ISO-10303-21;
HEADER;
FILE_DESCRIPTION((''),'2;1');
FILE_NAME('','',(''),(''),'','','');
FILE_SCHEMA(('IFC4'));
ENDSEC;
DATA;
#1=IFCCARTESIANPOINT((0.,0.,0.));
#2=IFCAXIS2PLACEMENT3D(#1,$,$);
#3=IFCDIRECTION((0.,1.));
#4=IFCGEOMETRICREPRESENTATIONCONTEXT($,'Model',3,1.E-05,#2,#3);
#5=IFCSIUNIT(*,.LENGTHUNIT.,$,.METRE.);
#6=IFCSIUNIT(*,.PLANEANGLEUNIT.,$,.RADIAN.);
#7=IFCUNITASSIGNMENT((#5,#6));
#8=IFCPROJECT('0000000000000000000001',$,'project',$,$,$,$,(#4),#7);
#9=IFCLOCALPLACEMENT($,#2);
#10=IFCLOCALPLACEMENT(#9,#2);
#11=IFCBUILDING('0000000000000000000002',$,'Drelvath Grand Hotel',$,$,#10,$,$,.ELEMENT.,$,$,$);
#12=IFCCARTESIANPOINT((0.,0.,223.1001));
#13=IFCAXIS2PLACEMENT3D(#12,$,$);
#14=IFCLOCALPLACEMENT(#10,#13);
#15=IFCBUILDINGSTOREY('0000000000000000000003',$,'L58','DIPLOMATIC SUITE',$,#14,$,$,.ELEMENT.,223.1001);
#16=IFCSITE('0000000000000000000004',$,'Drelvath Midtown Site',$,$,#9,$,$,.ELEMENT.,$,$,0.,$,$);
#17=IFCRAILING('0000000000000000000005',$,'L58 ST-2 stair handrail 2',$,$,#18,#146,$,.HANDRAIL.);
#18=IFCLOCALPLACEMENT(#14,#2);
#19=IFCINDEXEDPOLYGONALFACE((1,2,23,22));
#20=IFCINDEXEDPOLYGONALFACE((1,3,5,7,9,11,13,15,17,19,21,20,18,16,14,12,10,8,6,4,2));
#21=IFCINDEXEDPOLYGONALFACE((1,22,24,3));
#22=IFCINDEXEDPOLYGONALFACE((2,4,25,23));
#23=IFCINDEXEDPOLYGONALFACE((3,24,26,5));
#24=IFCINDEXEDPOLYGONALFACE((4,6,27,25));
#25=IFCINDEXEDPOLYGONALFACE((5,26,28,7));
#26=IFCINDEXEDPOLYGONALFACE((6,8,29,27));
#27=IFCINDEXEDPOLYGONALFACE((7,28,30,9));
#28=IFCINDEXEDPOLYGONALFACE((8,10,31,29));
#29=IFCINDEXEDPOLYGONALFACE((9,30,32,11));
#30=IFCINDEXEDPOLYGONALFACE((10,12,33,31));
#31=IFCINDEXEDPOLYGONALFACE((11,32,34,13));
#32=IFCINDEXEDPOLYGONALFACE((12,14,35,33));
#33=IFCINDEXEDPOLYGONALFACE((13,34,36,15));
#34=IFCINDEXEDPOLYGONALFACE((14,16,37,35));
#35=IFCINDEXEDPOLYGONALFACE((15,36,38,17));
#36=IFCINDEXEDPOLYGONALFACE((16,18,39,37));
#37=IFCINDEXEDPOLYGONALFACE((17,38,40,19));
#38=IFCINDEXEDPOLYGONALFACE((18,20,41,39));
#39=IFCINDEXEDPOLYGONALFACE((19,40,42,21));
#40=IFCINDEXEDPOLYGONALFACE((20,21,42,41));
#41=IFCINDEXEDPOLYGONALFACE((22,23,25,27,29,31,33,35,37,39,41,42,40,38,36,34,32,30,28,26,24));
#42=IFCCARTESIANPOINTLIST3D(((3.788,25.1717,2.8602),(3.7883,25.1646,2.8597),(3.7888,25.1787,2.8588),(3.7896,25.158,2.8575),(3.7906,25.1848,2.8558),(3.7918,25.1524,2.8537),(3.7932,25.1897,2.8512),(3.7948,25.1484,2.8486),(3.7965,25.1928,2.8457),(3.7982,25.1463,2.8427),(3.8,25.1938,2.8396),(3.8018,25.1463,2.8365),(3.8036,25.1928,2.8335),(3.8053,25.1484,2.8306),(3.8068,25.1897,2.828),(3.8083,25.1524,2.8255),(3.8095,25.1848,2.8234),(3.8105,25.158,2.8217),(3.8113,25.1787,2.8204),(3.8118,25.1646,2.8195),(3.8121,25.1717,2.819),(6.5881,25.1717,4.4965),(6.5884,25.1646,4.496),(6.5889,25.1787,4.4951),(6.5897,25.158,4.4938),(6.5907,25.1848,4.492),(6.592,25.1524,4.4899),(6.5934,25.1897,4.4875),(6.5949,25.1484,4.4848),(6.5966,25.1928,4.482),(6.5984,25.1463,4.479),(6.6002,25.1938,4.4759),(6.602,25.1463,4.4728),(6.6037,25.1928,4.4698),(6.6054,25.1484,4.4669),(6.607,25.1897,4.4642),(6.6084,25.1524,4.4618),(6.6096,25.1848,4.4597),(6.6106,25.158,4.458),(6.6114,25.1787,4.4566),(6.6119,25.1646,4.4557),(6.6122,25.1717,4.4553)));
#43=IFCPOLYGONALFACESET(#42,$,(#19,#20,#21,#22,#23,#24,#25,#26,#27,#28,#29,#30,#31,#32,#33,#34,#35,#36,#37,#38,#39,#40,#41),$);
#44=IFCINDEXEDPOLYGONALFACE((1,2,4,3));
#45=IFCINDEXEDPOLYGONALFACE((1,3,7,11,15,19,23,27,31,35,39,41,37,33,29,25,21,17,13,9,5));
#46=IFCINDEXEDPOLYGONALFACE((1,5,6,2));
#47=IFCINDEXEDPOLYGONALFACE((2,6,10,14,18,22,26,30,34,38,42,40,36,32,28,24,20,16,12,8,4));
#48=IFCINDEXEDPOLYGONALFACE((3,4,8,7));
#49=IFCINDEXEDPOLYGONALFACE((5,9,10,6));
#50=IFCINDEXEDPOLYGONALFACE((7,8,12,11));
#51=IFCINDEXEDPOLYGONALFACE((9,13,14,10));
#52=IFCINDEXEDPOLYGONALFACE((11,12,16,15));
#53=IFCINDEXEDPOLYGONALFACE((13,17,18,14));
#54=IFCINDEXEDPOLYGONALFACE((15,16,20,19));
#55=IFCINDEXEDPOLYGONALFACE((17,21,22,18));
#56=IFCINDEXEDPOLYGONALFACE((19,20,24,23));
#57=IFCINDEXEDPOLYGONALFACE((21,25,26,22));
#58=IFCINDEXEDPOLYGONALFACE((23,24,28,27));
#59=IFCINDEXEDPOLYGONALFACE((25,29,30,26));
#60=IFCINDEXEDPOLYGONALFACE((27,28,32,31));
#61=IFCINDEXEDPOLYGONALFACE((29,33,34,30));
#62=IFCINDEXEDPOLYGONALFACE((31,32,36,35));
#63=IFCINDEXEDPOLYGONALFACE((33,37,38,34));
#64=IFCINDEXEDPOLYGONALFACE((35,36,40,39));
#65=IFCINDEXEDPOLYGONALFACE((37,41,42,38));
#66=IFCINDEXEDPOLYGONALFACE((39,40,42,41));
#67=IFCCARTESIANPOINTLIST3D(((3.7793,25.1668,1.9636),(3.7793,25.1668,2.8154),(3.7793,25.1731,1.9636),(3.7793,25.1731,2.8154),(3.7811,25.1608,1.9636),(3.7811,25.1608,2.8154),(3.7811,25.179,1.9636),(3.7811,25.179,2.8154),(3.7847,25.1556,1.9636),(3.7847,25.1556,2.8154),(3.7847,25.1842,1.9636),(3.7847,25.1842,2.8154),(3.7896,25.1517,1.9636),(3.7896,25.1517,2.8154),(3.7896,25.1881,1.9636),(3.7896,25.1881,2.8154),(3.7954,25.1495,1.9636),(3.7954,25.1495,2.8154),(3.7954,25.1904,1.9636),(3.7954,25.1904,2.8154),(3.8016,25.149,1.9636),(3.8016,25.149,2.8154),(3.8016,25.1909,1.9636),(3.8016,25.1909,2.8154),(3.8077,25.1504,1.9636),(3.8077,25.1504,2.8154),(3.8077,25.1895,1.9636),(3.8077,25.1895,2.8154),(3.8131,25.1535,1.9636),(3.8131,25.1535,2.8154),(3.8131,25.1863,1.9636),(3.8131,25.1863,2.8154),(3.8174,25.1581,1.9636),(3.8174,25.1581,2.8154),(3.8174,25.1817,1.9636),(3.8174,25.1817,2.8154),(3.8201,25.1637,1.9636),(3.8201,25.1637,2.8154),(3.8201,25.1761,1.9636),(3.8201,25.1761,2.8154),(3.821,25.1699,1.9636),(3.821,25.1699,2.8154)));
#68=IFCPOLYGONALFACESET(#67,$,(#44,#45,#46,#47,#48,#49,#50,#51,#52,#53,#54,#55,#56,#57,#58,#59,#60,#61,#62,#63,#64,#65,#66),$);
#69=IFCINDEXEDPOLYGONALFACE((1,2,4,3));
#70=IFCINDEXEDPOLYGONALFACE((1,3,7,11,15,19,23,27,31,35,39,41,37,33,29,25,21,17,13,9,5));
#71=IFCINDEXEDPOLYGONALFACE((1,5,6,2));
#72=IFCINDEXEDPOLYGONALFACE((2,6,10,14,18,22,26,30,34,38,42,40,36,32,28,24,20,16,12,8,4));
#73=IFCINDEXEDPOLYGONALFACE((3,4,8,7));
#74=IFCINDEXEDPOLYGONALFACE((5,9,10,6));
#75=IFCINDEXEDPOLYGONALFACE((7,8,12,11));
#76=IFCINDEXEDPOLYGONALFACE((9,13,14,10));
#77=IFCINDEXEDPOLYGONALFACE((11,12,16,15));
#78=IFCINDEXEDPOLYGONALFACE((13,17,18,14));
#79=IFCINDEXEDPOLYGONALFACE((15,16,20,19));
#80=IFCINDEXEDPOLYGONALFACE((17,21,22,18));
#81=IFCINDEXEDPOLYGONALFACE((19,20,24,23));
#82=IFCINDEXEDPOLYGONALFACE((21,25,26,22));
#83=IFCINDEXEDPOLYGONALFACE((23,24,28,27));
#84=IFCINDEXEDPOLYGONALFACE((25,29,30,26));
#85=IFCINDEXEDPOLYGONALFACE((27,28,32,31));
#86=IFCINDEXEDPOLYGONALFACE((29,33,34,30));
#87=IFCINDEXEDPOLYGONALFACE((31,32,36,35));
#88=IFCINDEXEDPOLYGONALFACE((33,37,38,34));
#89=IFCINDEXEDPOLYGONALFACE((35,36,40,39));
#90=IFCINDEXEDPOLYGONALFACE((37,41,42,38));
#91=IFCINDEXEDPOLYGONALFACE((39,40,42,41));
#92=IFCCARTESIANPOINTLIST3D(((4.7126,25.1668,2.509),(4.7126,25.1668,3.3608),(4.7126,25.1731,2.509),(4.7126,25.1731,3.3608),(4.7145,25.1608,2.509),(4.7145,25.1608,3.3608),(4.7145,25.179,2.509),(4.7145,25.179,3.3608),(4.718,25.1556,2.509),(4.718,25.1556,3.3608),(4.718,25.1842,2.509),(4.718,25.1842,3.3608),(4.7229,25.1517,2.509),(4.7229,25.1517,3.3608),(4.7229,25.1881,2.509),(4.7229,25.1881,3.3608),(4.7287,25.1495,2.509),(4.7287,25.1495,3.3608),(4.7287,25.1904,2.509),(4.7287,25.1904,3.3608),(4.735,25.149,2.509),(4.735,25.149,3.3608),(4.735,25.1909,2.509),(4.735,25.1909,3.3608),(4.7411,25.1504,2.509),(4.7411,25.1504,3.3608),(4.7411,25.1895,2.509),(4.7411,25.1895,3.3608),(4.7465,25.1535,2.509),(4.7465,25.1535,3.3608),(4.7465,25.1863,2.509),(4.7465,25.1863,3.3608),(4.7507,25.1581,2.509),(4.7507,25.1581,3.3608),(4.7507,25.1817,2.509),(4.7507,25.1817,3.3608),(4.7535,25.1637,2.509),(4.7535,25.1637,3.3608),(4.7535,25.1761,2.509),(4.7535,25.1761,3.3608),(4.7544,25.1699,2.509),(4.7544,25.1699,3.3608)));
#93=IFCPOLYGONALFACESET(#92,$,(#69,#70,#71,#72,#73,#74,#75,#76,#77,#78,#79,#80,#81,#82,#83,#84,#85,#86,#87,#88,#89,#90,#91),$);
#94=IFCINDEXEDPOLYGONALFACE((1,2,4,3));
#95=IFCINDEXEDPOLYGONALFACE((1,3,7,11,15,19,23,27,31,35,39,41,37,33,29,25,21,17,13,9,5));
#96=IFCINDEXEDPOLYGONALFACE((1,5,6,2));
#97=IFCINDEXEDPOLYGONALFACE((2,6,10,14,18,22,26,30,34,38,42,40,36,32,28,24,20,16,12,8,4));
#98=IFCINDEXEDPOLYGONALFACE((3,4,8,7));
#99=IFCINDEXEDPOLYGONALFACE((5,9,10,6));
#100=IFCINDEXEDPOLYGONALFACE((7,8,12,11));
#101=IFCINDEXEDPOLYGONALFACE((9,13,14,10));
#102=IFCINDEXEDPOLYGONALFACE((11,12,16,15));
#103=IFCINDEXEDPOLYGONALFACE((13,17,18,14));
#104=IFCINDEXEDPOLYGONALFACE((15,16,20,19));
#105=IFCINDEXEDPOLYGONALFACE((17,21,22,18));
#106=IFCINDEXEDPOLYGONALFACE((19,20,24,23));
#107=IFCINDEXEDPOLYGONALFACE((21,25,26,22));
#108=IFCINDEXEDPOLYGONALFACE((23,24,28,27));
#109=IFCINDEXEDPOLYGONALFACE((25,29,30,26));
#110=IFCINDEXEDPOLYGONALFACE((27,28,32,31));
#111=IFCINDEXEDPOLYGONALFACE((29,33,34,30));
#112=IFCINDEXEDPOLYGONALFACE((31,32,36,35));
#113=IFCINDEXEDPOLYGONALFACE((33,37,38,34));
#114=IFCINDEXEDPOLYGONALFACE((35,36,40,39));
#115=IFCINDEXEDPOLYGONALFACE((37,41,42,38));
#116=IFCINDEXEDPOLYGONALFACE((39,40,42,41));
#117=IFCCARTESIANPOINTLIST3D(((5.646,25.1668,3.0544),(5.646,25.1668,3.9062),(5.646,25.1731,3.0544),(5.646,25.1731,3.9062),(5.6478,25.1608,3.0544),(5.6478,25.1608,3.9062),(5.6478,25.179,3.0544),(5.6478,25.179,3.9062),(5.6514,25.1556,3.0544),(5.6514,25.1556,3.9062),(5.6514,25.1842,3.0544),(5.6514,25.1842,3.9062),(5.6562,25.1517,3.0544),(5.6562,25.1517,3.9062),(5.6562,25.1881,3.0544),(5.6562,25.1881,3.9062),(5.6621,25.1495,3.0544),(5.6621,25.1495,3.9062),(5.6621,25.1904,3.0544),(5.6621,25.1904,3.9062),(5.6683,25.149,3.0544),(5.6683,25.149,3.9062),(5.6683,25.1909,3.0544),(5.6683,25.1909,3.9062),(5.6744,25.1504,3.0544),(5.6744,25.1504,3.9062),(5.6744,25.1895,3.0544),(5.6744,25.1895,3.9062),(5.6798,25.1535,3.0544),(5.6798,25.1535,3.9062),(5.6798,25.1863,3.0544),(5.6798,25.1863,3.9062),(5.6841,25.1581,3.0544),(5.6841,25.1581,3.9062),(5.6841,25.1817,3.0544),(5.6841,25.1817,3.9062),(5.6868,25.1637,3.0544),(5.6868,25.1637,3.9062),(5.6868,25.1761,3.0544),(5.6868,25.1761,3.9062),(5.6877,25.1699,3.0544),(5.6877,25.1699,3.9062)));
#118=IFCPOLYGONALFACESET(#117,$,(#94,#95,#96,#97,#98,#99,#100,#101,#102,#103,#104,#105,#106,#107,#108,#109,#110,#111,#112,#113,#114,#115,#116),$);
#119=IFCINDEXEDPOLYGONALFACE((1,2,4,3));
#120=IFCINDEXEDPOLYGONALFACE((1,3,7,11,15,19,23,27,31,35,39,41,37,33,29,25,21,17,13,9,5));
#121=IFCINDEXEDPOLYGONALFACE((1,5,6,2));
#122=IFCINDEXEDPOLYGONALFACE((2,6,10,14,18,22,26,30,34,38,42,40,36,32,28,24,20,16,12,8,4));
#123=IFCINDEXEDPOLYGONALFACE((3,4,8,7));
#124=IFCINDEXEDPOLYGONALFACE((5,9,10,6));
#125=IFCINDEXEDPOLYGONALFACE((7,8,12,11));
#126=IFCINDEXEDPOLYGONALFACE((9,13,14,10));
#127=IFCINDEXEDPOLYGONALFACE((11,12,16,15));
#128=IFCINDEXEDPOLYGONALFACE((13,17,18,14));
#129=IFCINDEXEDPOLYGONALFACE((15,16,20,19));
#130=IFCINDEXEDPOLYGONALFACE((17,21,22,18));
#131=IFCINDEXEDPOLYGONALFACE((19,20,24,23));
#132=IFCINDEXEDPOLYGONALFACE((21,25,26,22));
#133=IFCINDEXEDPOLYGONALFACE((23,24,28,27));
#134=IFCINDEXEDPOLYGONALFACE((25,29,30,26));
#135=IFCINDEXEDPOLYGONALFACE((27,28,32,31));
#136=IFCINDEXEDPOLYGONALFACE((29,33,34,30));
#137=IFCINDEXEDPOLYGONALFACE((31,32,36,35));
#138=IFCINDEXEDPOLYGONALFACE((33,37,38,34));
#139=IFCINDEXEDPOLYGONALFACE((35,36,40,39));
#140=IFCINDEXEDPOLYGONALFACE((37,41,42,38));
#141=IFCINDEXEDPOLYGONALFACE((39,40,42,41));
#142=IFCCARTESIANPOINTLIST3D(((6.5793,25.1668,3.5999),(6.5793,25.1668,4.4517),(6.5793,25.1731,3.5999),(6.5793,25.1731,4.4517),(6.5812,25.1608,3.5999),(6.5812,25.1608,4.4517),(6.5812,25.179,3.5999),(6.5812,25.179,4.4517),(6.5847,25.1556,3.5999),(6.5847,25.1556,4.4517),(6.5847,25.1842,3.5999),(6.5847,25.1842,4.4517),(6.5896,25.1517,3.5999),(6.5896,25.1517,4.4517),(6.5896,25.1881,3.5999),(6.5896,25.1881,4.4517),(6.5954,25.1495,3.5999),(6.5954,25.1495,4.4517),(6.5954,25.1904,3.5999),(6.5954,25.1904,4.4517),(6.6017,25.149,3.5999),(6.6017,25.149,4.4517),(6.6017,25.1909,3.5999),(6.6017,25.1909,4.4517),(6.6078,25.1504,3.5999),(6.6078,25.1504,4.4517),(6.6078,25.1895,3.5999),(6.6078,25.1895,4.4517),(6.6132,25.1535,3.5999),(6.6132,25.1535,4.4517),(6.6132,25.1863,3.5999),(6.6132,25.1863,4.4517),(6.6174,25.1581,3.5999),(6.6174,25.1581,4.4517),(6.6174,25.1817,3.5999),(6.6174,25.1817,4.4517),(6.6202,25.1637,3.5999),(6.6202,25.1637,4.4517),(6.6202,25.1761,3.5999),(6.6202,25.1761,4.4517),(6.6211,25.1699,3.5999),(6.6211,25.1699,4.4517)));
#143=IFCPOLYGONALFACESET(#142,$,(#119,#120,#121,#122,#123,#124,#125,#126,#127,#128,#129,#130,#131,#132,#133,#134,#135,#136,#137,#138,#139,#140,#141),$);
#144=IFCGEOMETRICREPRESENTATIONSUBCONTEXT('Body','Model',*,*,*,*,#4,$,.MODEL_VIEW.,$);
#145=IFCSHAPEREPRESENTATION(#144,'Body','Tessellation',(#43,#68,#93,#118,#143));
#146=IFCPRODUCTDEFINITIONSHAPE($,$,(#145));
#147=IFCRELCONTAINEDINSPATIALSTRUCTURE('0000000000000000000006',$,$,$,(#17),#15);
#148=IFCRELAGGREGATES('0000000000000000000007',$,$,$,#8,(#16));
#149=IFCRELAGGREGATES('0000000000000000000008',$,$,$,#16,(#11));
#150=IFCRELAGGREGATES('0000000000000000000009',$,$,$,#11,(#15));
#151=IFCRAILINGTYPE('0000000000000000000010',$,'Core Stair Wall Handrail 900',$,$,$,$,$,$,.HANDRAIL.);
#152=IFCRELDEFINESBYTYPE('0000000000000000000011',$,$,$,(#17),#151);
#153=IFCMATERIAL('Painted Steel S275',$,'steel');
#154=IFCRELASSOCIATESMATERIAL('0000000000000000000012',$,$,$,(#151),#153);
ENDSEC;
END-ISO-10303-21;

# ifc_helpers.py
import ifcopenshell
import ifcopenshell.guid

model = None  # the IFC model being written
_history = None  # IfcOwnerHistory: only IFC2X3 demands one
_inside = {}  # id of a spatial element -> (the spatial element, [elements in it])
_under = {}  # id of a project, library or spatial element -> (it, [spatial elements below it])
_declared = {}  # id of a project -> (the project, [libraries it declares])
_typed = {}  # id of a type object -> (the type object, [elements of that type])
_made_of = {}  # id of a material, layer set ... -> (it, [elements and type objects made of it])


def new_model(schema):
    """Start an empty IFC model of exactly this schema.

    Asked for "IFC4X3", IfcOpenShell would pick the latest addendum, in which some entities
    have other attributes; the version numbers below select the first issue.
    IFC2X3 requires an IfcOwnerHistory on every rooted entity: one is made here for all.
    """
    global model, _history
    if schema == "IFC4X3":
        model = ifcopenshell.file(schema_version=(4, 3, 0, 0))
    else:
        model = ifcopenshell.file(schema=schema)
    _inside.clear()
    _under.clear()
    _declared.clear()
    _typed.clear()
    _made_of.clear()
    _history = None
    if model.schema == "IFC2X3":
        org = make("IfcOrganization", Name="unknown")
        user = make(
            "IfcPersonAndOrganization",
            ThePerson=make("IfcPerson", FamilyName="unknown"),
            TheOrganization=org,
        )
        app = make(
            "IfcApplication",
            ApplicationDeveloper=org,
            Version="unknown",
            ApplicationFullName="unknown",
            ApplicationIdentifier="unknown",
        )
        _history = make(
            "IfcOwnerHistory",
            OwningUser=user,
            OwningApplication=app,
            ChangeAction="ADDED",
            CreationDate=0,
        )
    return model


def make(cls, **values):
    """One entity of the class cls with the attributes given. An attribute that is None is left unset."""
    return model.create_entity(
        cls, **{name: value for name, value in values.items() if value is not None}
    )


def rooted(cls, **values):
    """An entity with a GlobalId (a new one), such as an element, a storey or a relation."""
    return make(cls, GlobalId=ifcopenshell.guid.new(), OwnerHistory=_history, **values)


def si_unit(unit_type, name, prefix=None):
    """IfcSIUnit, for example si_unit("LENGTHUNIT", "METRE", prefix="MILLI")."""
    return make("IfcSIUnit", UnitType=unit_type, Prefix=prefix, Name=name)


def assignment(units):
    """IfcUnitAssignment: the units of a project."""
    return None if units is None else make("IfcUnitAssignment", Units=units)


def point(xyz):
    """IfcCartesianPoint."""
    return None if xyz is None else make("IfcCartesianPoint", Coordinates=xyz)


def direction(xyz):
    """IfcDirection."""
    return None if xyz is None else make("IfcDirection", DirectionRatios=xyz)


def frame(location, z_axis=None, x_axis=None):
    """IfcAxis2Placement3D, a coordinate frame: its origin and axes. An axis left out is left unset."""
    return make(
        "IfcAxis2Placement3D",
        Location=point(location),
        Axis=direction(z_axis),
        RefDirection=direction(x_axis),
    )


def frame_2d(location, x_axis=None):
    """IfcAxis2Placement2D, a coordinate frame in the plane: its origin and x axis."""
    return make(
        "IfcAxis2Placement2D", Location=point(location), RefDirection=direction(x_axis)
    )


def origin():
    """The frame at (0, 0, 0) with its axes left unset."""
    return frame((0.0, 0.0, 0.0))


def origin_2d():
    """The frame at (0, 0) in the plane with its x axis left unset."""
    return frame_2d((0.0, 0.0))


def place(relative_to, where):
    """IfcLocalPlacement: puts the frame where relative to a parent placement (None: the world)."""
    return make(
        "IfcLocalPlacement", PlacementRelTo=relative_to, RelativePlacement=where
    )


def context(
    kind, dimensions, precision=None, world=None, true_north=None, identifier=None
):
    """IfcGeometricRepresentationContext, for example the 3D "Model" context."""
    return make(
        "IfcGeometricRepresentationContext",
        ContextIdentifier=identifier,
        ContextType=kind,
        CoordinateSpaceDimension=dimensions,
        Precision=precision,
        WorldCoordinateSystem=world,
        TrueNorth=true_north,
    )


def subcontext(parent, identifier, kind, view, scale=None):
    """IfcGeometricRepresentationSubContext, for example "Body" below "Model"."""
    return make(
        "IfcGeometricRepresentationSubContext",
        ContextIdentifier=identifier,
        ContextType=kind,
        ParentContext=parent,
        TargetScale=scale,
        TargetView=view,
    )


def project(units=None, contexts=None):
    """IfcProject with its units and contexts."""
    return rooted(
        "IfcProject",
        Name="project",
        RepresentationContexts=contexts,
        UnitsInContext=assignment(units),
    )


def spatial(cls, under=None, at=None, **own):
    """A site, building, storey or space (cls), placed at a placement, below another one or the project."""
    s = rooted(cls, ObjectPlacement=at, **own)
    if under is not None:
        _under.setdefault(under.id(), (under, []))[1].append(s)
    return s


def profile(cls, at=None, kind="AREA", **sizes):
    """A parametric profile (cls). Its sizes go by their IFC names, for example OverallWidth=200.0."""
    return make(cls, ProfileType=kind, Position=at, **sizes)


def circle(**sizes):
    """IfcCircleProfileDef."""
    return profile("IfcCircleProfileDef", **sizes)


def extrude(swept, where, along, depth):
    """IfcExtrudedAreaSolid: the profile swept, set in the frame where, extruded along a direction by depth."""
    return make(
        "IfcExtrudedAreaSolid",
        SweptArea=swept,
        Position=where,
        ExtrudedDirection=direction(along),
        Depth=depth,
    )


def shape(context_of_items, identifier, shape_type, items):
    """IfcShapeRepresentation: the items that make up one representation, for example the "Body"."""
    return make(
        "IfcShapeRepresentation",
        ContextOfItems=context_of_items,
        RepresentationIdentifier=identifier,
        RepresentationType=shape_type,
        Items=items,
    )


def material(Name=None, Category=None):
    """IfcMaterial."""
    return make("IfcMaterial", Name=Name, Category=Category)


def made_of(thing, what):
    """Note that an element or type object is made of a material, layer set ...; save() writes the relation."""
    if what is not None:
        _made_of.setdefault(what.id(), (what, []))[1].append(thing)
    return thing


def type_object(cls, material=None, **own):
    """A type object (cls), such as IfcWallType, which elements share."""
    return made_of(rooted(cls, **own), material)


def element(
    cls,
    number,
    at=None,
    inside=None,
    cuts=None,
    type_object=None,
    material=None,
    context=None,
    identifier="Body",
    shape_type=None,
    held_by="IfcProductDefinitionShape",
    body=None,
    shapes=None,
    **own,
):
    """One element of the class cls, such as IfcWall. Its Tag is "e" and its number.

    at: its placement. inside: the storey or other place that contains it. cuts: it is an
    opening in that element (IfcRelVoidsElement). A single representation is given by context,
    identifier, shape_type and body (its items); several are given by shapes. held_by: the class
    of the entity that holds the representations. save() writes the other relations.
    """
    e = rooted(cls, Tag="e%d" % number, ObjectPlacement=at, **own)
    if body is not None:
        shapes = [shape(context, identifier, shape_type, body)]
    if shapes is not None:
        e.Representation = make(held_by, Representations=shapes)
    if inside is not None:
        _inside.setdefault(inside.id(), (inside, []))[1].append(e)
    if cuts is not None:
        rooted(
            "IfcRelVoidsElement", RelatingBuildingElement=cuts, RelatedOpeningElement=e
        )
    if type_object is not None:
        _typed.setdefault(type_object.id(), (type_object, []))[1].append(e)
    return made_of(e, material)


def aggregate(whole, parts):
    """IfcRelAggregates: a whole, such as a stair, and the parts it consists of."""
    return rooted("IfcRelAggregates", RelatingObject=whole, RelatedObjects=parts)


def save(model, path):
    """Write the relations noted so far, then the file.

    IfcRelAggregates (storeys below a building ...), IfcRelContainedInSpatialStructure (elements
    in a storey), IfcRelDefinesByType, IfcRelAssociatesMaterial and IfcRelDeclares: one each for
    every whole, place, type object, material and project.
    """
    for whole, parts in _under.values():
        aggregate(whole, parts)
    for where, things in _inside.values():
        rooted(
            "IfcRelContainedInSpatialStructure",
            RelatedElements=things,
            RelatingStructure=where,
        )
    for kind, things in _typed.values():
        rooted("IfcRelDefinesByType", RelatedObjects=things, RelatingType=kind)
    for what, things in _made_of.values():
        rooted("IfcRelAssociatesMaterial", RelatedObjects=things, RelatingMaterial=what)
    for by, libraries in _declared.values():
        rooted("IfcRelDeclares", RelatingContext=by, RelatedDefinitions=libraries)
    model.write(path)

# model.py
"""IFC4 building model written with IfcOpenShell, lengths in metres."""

from ifc_helpers import new_model, si_unit, direction, frame, origin, origin_2d, place, context, subcontext, project, spatial, circle, extrude, material, type_object, element, save


model = new_model("IFC4")

# Units and contexts
model_context = context("Model", 3, precision=1e-05, world=origin(), true_north=direction((0.0, 1.0)))
body_context = subcontext(model_context, "Body", "Model", "MODEL_VIEW")
ifc_project = project(units=[si_unit("LENGTHUNIT", "METRE"), si_unit("PLANEANGLEUNIT", "RADIAN")], contexts=[model_context])

# Site, building, storey
site_placement = place(None, origin())
site = spatial("IfcSite", under=ifc_project, at=site_placement, Name="Drelvath Midtown Site", CompositionType="ELEMENT", RefElevation=0.0)
building_placement = place(site_placement, origin())
building = spatial("IfcBuilding", under=site, at=building_placement, Name="Drelvath Grand Hotel", CompositionType="ELEMENT")
storey_placement = place(building_placement, frame((0.0, 0.0, 223.1001)))
storey = spatial("IfcBuildingStorey", under=building, at=storey_placement, Name="L58", Description="DIPLOMATIC SUITE", CompositionType="ELEMENT", Elevation=223.1001)

# Railing
ifc_material_1 = material(Name="Painted Steel S275", Category="steel")
railing_type_1 = type_object("IfcRailingType", Name="Core Stair Wall Handrail 900", PredefinedType="HANDRAIL", material=ifc_material_1)
railing_1_placement = place(storey_placement, frame((3.8, 25.1699, 1.9636)))
element("IfcRailing", 1, at=railing_1_placement, inside=storey, type_object=railing_type_1, Name="L58 ST-2 stair handrail 2", PredefinedType="HANDRAIL", context=body_context, shape_type="SweptSolid", body=[
    extrude(circle(Radius=0.0239, at=origin_2d()), frame((0.0, 0.0, 0.876), z_axis=(0.863394, 0.0, 0.504531), x_axis=(0.0, 1.0, 0.0)), (0.0, 0.0, 1.0), 3.2432),
    extrude(circle(Radius=0.021, at=origin_2d()), origin(), (0.0, 0.0, 1.0), 0.8518),
    extrude(circle(Radius=0.021, at=origin_2d()), frame((0.9333, 0.0, 0.5454)), (0.0, 0.0, 1.0), 0.8518),
    extrude(circle(Radius=0.021, at=origin_2d()), frame((1.8667, 0.0, 1.0908)), (0.0, 0.0, 1.0), 0.8518),
    extrude(circle(Radius=0.021, at=origin_2d()), frame((2.8, 0.0, 1.6362)), (0.0, 0.0, 1.0), 0.8518),
])

save(model, "model.ifc")
